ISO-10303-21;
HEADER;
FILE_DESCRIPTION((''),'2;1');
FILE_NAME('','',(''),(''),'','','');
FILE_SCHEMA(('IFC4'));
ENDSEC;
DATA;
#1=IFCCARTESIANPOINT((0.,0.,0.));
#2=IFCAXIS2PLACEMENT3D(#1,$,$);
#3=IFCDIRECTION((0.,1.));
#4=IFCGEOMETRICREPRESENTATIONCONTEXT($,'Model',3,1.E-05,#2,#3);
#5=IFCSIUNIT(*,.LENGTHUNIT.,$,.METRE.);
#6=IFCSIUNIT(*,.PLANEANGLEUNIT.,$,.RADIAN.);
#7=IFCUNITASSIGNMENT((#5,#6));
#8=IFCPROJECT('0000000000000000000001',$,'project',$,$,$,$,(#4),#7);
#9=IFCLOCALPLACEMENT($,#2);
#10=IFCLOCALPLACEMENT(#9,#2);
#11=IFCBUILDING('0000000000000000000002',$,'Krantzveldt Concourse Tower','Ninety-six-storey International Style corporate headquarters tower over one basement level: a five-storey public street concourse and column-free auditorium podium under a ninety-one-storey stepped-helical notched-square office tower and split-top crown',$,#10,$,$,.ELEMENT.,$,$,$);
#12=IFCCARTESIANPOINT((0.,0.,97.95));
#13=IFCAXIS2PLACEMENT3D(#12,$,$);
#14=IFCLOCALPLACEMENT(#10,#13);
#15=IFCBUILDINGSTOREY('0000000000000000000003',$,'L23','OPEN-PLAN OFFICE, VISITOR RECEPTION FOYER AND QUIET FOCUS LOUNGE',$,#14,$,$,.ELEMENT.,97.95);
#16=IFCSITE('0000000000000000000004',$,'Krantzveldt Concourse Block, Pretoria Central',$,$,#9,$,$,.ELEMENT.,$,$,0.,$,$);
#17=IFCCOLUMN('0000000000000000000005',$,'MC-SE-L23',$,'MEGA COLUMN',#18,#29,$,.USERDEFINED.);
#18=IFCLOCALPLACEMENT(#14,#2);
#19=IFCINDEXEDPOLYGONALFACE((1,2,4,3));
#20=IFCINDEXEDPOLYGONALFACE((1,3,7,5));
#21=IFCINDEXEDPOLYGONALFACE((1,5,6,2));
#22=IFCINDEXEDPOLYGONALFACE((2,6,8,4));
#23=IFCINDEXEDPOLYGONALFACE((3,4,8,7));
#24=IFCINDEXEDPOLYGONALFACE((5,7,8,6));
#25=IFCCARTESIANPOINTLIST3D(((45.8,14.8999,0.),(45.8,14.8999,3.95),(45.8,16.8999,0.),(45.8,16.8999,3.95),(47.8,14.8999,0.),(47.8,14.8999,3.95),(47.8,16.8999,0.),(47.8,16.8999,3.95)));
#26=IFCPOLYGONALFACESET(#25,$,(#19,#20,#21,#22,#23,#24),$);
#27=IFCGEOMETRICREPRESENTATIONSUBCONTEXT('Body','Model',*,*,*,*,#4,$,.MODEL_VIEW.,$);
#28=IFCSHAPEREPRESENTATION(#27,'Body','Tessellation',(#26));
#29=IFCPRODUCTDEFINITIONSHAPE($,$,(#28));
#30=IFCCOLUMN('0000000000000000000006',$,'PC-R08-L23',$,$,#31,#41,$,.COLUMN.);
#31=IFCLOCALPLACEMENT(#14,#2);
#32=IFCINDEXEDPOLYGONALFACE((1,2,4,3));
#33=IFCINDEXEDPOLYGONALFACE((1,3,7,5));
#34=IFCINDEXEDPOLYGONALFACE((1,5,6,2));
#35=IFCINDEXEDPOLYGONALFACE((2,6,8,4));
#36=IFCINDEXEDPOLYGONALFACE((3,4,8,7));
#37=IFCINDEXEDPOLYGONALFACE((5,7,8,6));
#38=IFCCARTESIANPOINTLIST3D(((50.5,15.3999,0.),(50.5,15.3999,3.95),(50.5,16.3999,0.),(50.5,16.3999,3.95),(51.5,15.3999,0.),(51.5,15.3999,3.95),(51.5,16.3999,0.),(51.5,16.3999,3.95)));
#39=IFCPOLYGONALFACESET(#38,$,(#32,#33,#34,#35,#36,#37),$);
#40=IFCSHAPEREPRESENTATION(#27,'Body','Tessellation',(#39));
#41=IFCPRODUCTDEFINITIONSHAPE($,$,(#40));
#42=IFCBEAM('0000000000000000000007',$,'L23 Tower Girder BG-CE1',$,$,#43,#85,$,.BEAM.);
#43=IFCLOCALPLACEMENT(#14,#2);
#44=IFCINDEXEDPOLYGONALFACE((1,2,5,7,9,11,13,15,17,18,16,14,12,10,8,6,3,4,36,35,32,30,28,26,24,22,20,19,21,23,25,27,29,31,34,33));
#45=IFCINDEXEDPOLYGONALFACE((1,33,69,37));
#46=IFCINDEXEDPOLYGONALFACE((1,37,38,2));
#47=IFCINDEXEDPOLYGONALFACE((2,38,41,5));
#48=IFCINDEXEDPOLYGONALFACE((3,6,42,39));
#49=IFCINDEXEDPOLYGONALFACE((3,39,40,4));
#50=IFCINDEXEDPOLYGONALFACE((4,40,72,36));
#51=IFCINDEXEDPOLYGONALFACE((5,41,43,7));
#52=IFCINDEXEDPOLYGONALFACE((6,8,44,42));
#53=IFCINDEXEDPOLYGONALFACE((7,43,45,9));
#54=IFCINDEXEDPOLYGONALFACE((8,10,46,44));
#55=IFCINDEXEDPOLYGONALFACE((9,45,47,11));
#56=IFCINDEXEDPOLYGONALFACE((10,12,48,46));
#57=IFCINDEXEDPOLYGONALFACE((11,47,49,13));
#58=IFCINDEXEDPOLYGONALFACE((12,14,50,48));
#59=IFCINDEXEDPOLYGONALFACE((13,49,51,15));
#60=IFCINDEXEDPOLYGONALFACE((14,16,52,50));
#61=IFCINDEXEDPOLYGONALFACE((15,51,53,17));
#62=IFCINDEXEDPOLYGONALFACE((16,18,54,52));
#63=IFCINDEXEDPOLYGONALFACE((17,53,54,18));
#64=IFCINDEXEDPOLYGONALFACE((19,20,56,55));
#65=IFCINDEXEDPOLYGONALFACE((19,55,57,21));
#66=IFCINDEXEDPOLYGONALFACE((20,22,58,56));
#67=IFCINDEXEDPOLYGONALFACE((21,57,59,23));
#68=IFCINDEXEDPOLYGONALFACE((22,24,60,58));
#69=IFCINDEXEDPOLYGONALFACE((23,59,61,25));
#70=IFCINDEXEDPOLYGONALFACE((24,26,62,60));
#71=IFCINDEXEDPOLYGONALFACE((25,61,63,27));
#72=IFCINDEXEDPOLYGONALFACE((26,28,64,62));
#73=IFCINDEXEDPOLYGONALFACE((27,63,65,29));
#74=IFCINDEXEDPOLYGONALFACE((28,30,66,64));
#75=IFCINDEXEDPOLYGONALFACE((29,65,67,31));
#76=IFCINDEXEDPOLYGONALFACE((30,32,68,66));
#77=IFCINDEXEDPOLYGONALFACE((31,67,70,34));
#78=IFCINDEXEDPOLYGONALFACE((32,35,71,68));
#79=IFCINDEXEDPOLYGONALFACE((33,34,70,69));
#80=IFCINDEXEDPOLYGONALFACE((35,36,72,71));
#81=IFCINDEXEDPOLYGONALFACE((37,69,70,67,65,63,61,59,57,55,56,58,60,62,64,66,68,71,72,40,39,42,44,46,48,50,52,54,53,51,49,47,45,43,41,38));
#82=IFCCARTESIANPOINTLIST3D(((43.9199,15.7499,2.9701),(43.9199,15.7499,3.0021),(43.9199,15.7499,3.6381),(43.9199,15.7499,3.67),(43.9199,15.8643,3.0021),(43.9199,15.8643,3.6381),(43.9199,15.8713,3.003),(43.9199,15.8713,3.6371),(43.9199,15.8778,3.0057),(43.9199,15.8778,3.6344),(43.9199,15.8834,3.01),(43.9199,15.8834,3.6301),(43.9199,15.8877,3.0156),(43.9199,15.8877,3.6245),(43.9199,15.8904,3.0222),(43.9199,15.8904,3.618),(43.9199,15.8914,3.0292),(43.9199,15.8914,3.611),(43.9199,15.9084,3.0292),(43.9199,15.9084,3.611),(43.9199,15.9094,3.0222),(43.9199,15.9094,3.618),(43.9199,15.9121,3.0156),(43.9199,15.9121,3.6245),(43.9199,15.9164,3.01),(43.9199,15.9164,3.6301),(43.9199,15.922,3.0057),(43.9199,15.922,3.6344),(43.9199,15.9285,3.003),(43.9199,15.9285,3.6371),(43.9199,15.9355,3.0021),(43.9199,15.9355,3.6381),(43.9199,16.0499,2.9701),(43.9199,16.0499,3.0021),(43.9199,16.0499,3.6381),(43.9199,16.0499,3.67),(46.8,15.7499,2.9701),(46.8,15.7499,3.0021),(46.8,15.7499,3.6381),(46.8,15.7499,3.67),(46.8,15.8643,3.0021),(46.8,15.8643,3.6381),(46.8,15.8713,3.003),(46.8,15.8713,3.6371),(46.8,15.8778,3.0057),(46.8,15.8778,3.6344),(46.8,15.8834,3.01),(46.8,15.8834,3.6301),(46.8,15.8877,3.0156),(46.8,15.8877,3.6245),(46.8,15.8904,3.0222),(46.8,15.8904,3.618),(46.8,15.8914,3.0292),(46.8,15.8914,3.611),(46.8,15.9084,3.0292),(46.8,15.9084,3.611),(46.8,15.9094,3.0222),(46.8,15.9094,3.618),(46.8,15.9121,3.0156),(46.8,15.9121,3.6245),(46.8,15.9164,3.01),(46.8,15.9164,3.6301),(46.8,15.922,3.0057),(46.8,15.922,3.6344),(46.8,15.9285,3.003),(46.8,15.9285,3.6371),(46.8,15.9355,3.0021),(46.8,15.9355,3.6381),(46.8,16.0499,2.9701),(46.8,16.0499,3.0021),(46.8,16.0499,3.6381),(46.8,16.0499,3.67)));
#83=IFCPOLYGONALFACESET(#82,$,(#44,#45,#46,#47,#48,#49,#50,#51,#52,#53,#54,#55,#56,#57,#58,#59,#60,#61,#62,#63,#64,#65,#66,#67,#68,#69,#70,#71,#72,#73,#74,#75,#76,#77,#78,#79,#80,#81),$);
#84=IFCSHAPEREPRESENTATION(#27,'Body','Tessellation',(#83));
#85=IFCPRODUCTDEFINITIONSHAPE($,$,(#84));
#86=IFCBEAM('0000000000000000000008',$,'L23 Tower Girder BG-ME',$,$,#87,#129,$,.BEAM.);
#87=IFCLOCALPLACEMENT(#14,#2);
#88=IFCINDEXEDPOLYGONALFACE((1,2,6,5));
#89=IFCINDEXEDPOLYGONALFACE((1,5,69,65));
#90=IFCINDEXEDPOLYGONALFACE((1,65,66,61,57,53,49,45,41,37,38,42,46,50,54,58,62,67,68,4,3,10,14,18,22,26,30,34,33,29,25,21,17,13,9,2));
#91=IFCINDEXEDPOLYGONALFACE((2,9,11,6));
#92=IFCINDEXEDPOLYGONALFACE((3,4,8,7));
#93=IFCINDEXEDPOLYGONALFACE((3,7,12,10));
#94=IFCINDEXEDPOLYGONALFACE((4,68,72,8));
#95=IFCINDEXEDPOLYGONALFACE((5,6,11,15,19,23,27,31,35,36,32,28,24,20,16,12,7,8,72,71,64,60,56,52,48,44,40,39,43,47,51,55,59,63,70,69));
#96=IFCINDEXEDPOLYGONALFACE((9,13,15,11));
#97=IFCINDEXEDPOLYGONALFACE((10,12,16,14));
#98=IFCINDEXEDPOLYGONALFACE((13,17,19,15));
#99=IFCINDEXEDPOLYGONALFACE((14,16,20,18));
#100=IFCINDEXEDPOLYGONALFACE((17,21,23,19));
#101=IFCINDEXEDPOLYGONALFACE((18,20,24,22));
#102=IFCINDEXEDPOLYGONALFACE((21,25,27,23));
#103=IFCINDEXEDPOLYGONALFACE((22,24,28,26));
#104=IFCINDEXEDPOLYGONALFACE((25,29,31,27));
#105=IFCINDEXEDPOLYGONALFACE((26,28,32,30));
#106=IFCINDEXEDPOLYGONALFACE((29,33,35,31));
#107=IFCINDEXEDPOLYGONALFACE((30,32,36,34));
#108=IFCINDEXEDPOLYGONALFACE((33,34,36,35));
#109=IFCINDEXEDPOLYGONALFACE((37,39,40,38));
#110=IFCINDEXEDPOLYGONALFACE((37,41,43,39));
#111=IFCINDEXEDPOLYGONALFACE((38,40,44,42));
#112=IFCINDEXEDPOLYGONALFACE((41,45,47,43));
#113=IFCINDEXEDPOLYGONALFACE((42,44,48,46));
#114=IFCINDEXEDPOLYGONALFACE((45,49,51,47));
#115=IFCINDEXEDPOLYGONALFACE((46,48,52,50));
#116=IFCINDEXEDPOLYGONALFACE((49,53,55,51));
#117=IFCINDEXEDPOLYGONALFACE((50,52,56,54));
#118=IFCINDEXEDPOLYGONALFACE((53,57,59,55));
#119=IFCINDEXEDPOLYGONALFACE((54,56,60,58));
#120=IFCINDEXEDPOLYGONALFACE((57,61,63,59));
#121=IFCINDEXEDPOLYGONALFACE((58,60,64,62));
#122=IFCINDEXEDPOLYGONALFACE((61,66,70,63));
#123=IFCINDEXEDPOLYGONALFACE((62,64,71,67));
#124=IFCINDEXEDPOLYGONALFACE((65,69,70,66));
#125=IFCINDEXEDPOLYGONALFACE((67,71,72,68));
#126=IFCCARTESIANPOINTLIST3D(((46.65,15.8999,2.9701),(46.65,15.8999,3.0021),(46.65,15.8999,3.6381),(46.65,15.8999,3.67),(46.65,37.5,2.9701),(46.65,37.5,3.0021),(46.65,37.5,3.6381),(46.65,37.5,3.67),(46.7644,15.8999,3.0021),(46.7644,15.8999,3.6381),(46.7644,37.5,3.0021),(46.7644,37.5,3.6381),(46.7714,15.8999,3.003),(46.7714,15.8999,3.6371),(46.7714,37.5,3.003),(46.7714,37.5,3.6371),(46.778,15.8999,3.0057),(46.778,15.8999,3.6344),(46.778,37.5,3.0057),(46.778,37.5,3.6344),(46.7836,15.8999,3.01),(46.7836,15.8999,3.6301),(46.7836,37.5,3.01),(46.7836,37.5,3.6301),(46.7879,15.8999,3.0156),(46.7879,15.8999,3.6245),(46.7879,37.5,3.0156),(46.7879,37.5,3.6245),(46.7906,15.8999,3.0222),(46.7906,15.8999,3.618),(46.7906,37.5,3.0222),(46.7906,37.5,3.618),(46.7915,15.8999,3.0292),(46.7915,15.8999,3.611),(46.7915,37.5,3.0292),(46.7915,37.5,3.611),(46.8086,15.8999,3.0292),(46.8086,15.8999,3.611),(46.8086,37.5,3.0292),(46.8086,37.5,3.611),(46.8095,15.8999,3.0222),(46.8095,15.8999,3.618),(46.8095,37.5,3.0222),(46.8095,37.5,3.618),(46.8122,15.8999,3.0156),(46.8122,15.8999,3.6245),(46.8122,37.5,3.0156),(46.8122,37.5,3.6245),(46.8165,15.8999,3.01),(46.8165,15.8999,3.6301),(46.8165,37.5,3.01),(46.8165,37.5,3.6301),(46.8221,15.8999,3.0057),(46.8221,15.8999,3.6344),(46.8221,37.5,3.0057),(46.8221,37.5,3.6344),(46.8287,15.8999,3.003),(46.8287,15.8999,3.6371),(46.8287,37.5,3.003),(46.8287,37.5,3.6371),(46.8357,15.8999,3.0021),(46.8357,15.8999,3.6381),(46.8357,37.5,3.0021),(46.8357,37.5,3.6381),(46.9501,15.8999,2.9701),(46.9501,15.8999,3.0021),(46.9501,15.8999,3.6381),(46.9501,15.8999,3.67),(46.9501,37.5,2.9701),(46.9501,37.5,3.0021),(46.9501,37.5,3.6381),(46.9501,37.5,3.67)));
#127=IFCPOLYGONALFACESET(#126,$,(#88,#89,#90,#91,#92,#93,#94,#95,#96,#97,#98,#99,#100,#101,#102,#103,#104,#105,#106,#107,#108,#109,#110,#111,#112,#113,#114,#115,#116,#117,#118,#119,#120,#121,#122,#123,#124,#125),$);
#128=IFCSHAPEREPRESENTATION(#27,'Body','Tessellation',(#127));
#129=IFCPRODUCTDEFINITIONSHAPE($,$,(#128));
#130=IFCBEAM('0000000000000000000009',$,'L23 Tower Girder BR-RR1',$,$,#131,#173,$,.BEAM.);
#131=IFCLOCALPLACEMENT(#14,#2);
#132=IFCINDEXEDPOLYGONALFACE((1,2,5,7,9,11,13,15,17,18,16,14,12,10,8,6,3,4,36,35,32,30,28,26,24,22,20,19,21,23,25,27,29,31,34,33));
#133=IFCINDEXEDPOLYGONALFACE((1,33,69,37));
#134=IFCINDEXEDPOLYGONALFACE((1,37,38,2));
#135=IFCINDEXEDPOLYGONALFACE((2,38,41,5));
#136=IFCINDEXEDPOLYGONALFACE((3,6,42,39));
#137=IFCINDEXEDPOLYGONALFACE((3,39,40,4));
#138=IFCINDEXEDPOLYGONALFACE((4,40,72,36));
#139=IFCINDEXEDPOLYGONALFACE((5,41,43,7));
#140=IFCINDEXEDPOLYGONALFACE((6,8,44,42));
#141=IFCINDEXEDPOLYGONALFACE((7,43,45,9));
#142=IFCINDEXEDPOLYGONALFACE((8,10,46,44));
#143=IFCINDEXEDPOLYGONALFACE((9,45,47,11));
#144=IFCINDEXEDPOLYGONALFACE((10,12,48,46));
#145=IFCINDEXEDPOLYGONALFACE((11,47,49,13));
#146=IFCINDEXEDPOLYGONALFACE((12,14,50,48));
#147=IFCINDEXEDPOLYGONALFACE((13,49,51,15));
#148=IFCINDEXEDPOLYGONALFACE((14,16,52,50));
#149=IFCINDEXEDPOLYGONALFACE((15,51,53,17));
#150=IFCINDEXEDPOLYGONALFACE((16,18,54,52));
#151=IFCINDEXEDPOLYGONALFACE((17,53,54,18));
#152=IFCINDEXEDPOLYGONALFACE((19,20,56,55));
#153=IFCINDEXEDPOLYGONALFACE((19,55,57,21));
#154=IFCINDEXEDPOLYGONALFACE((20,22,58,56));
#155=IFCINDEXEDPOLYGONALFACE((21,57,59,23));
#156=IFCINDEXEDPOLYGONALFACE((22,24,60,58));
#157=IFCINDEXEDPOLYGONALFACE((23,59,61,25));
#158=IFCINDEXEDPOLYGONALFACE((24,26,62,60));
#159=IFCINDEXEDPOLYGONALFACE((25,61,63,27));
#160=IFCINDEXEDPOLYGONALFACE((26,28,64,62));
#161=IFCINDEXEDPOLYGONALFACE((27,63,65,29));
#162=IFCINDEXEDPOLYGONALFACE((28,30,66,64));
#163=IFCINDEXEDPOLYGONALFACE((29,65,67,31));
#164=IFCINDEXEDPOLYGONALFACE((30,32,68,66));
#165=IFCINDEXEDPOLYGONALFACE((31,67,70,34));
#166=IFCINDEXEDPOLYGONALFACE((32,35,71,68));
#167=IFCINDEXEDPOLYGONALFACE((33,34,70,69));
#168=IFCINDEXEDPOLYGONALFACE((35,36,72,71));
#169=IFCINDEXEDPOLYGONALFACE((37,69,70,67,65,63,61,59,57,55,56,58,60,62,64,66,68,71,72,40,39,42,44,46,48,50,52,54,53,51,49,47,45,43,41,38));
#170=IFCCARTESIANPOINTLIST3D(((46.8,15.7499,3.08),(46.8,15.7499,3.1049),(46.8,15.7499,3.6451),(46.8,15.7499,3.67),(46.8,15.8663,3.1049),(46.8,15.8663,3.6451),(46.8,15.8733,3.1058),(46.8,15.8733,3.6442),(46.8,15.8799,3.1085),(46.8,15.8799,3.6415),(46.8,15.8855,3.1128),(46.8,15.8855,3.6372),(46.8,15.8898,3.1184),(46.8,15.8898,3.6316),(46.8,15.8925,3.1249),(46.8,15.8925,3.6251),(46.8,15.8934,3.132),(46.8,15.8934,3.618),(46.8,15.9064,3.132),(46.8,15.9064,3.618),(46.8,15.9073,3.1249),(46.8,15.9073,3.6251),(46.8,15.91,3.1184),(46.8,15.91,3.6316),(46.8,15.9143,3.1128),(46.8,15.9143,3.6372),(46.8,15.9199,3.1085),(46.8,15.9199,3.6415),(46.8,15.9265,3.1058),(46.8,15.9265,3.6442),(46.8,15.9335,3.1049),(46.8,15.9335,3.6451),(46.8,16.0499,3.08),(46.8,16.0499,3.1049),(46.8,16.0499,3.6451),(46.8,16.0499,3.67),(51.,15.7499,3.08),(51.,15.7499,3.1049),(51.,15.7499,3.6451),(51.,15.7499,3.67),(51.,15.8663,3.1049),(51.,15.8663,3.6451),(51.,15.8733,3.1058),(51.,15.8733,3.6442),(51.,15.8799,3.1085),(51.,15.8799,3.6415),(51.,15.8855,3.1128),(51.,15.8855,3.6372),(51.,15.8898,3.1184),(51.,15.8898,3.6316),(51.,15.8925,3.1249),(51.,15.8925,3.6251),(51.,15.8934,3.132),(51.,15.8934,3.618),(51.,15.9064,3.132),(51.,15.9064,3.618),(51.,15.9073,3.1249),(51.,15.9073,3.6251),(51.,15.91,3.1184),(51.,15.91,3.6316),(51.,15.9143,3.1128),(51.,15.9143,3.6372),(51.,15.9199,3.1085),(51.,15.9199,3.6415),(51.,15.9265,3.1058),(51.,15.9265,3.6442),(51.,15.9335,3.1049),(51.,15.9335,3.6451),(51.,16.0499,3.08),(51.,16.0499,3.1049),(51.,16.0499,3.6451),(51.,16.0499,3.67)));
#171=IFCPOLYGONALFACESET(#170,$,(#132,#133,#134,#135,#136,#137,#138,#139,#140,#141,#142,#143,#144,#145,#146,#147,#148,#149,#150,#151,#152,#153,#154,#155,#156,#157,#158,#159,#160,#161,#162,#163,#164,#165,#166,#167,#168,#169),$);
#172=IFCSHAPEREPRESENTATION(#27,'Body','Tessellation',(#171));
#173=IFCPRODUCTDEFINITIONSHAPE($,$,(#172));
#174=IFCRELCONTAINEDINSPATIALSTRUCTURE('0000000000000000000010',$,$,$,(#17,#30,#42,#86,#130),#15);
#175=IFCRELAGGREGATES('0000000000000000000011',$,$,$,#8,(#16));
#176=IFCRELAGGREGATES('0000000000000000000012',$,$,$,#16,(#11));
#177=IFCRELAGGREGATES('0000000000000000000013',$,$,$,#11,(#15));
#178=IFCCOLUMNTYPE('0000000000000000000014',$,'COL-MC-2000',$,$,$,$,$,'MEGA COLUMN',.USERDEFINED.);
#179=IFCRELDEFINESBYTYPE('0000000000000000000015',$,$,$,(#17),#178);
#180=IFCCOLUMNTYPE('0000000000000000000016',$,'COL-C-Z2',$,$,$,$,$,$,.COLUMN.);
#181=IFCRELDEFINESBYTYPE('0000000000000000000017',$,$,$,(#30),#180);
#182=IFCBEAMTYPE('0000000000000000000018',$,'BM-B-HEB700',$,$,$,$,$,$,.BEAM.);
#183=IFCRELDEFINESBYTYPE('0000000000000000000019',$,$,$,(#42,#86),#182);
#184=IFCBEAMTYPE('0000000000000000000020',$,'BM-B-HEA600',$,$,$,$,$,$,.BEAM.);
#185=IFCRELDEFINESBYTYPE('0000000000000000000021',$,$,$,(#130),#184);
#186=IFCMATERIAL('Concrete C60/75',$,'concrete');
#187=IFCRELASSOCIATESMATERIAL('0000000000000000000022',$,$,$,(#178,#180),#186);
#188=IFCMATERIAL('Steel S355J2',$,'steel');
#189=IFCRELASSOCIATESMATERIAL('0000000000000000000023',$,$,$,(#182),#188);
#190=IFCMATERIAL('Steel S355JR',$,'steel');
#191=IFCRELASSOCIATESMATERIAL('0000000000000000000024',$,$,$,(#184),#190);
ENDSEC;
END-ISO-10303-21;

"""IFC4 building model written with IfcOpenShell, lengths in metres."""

from ifc_helpers import new_model, si_unit, direction, frame, origin, origin_2d, place, context, subcontext, project, spatial, rectangle, i_section, extrude, source, transform, mapped, material, material_profile, profile_set, type_object, type_shapes, element, save


model = new_model("IFC4")

# Units and contexts
model_context = context("Model", 3, precision=1e-05, world=origin(), true_north=direction((0.0, 1.0)))
body_context = subcontext(model_context, "Body", "Model", "MODEL_VIEW")
ifc_project = project(units=[si_unit("LENGTHUNIT", "METRE"), si_unit("PLANEANGLEUNIT", "RADIAN")], contexts=[model_context])

# Site, building, storey
site_placement = place(None, origin())
site = spatial("IfcSite", under=ifc_project, at=site_placement, Name="Krantzveldt Concourse Block, Pretoria Central", CompositionType="ELEMENT", RefElevation=0.0)
building_placement = place(site_placement, origin())
building = spatial("IfcBuilding", under=site, at=building_placement, Name="Krantzveldt Concourse Tower", Description="Ninety-six-storey International Style corporate headquarters tower over one basement level: a five-storey public street concourse and column-free auditorium podium under a ninety-one-storey stepped-helical notched-square office tower and split-top crown", CompositionType="ELEMENT")
storey_placement = place(building_placement, frame((0.0, 0.0, 97.95)))
storey = spatial("IfcBuildingStorey", under=building, at=storey_placement, Name="L23", Description="OPEN-PLAN OFFICE, VISITOR RECEPTION FOYER AND QUIET FOCUS LOUNGE", CompositionType="ELEMENT", Elevation=97.95)

# Columns
ifc_material_1 = material(Name="Concrete C60/75", Category="concrete")
ifc_material_profile_1 = material_profile(ifc_material_1, rectangle(XDim=2.0, YDim=2.0, at=origin_2d()), Name="Concrete C60/75", Category="concrete")
ifc_profile_set_1 = profile_set([ifc_material_profile_1], Name="Concrete C60/75 - RC 2000x2000")
column_type_1 = type_object("IfcColumnType", Name="COL-MC-2000", ElementType="MEGA COLUMN", PredefinedType="USERDEFINED", material=ifc_profile_set_1)
shared_shape_1 = source(origin(), body_context, "Body", "SweptSolid", [
    extrude(rectangle(XDim=2.0, YDim=2.0, at=origin_2d()), origin(), (0.0, 0.0, 1.0), 3.95),
])
type_shapes(column_type_1, [shared_shape_1])
column_1_placement = place(storey_placement, frame((46.8, 15.8999, 0.0), z_axis=(0.0, 0.0, 1.0), x_axis=(1.0, 0.0, 0.0)))
element("IfcColumn", 1, at=column_1_placement, inside=storey, type_object=column_type_1, Name="MC-SE-L23", ObjectType="MEGA COLUMN", PredefinedType="USERDEFINED", context=body_context, shape_type="MappedRepresentation", body=[
    mapped(shared_shape_1, transform((0.0, 0.0, 0.0), x_axis=(1.0, 0.0, 0.0), y_axis=(0.0, 1.0, 0.0), z_axis=(0.0, 0.0, 1.0), scale=1.0)),
])
ifc_material_profile_2 = material_profile(ifc_material_1, rectangle(XDim=1.0, YDim=1.0, at=origin_2d()), Name="Concrete C60/75", Category="concrete")
ifc_profile_set_2 = profile_set([ifc_material_profile_2], Name="Concrete C60/75 - RC 1000x1000")
column_type_2 = type_object("IfcColumnType", Name="COL-C-Z2", PredefinedType="COLUMN", material=ifc_profile_set_2)
shared_shape_2 = source(origin(), body_context, "Body", "SweptSolid", [
    extrude(rectangle(XDim=1.0, YDim=1.0, at=origin_2d()), origin(), (0.0, 0.0, 1.0), 3.95),
])
type_shapes(column_type_2, [shared_shape_2])
column_2_placement = place(storey_placement, frame((51.0, 15.8999, 0.0), z_axis=(0.0, 0.0, 1.0), x_axis=(1.0, 0.0, 0.0)))
element("IfcColumn", 2, at=column_2_placement, inside=storey, type_object=column_type_2, Name="PC-R08-L23", PredefinedType="COLUMN", context=body_context, shape_type="MappedRepresentation", body=[
    mapped(shared_shape_2, transform((0.0, 0.0, 0.0), x_axis=(1.0, 0.0, 0.0), y_axis=(0.0, 1.0, 0.0), z_axis=(0.0, 0.0, 1.0), scale=1.0)),
])

# Beams
ifc_material_2 = material(Name="Steel S355J2", Category="steel")
ifc_material_profile_3 = material_profile(ifc_material_2, i_section(OverallWidth=0.3, OverallDepth=0.7, WebThickness=0.0171, FlangeThickness=0.032, FilletRadius=0.0271, at=origin_2d()), Name="Steel S355J2", Category="steel")
ifc_profile_set_3 = profile_set([ifc_material_profile_3], Name="Steel S355J2 - HEB 700")
beam_type_1 = type_object("IfcBeamType", Name="BM-B-HEB700", PredefinedType="BEAM", material=ifc_profile_set_3)
shared_shape_3 = source(origin(), body_context, "Body", "SweptSolid", [
    extrude(i_section(OverallWidth=0.3, OverallDepth=0.7, WebThickness=0.0171, FlangeThickness=0.032, FilletRadius=0.0271, at=origin_2d()), origin(), (0.0, 0.0, 1.0), 2.8801),
])
beam_1_placement = place(storey_placement, frame((43.9199, 15.8999, 3.3201), z_axis=(1.0, 0.0, 0.0), x_axis=(0.0, 1.0, 0.0)))
element("IfcBeam", 3, at=beam_1_placement, inside=storey, type_object=beam_type_1, Name="L23 Tower Girder BG-CE1", PredefinedType="BEAM", context=body_context, shape_type="MappedRepresentation", body=[
    mapped(shared_shape_3, transform((0.0, 0.0, 0.0), x_axis=(1.0, 0.0, 0.0), y_axis=(0.0, 1.0, 0.0), z_axis=(0.0, 0.0, 1.0), scale=1.0)),
])
shared_shape_4 = source(origin(), body_context, "Body", "SweptSolid", [
    extrude(i_section(OverallWidth=0.3, OverallDepth=0.7, WebThickness=0.0171, FlangeThickness=0.032, FilletRadius=0.0271, at=origin_2d()), origin(), (0.0, 0.0, 1.0), 21.6001),
])
type_shapes(beam_type_1, [shared_shape_3, shared_shape_4])
beam_2_placement = place(storey_placement, frame((46.8, 15.8999, 3.3201), z_axis=(0.0, 1.0, 0.0), x_axis=(-1.0, 0.0, 0.0)))
element("IfcBeam", 4, at=beam_2_placement, inside=storey, type_object=beam_type_1, Name="L23 Tower Girder BG-ME", PredefinedType="BEAM", context=body_context, shape_type="MappedRepresentation", body=[
    mapped(shared_shape_4, transform((0.0, 0.0, 0.0), x_axis=(1.0, 0.0, 0.0), y_axis=(0.0, 1.0, 0.0), z_axis=(0.0, 0.0, 1.0), scale=1.0)),
])
ifc_material_3 = material(Name="Steel S355JR", Category="steel")
ifc_material_profile_4 = material_profile(ifc_material_3, i_section(OverallWidth=0.3, OverallDepth=0.5901, WebThickness=0.0129, FlangeThickness=0.0249, FilletRadius=0.0271, at=origin_2d()), Name="Steel S355JR", Category="steel")
ifc_profile_set_4 = profile_set([ifc_material_profile_4], Name="Steel S355JR - HEA 600")
beam_type_2 = type_object("IfcBeamType", Name="BM-B-HEA600", PredefinedType="BEAM", material=ifc_profile_set_4)
shared_shape_5 = source(origin(), body_context, "Body", "SweptSolid", [
    extrude(i_section(OverallWidth=0.3, OverallDepth=0.5901, WebThickness=0.0129, FlangeThickness=0.0249, FilletRadius=0.0271, at=origin_2d()), origin(), (0.0, 0.0, 1.0), 4.2),
])
beam_3_placement = place(storey_placement, frame((46.8, 15.8999, 3.375), z_axis=(1.0, 0.0, 0.0), x_axis=(0.0, 1.0, 0.0)))
element("IfcBeam", 5, at=beam_3_placement, inside=storey, type_object=beam_type_2, Name="L23 Tower Girder BR-RR1", PredefinedType="BEAM", context=body_context, shape_type="MappedRepresentation", body=[
    mapped(shared_shape_5, transform((0.0, 0.0, 0.0), x_axis=(1.0, 0.0, 0.0), y_axis=(0.0, 1.0, 0.0), z_axis=(0.0, 0.0, 1.0), scale=1.0)),
])

save(model, "model.ifc")
